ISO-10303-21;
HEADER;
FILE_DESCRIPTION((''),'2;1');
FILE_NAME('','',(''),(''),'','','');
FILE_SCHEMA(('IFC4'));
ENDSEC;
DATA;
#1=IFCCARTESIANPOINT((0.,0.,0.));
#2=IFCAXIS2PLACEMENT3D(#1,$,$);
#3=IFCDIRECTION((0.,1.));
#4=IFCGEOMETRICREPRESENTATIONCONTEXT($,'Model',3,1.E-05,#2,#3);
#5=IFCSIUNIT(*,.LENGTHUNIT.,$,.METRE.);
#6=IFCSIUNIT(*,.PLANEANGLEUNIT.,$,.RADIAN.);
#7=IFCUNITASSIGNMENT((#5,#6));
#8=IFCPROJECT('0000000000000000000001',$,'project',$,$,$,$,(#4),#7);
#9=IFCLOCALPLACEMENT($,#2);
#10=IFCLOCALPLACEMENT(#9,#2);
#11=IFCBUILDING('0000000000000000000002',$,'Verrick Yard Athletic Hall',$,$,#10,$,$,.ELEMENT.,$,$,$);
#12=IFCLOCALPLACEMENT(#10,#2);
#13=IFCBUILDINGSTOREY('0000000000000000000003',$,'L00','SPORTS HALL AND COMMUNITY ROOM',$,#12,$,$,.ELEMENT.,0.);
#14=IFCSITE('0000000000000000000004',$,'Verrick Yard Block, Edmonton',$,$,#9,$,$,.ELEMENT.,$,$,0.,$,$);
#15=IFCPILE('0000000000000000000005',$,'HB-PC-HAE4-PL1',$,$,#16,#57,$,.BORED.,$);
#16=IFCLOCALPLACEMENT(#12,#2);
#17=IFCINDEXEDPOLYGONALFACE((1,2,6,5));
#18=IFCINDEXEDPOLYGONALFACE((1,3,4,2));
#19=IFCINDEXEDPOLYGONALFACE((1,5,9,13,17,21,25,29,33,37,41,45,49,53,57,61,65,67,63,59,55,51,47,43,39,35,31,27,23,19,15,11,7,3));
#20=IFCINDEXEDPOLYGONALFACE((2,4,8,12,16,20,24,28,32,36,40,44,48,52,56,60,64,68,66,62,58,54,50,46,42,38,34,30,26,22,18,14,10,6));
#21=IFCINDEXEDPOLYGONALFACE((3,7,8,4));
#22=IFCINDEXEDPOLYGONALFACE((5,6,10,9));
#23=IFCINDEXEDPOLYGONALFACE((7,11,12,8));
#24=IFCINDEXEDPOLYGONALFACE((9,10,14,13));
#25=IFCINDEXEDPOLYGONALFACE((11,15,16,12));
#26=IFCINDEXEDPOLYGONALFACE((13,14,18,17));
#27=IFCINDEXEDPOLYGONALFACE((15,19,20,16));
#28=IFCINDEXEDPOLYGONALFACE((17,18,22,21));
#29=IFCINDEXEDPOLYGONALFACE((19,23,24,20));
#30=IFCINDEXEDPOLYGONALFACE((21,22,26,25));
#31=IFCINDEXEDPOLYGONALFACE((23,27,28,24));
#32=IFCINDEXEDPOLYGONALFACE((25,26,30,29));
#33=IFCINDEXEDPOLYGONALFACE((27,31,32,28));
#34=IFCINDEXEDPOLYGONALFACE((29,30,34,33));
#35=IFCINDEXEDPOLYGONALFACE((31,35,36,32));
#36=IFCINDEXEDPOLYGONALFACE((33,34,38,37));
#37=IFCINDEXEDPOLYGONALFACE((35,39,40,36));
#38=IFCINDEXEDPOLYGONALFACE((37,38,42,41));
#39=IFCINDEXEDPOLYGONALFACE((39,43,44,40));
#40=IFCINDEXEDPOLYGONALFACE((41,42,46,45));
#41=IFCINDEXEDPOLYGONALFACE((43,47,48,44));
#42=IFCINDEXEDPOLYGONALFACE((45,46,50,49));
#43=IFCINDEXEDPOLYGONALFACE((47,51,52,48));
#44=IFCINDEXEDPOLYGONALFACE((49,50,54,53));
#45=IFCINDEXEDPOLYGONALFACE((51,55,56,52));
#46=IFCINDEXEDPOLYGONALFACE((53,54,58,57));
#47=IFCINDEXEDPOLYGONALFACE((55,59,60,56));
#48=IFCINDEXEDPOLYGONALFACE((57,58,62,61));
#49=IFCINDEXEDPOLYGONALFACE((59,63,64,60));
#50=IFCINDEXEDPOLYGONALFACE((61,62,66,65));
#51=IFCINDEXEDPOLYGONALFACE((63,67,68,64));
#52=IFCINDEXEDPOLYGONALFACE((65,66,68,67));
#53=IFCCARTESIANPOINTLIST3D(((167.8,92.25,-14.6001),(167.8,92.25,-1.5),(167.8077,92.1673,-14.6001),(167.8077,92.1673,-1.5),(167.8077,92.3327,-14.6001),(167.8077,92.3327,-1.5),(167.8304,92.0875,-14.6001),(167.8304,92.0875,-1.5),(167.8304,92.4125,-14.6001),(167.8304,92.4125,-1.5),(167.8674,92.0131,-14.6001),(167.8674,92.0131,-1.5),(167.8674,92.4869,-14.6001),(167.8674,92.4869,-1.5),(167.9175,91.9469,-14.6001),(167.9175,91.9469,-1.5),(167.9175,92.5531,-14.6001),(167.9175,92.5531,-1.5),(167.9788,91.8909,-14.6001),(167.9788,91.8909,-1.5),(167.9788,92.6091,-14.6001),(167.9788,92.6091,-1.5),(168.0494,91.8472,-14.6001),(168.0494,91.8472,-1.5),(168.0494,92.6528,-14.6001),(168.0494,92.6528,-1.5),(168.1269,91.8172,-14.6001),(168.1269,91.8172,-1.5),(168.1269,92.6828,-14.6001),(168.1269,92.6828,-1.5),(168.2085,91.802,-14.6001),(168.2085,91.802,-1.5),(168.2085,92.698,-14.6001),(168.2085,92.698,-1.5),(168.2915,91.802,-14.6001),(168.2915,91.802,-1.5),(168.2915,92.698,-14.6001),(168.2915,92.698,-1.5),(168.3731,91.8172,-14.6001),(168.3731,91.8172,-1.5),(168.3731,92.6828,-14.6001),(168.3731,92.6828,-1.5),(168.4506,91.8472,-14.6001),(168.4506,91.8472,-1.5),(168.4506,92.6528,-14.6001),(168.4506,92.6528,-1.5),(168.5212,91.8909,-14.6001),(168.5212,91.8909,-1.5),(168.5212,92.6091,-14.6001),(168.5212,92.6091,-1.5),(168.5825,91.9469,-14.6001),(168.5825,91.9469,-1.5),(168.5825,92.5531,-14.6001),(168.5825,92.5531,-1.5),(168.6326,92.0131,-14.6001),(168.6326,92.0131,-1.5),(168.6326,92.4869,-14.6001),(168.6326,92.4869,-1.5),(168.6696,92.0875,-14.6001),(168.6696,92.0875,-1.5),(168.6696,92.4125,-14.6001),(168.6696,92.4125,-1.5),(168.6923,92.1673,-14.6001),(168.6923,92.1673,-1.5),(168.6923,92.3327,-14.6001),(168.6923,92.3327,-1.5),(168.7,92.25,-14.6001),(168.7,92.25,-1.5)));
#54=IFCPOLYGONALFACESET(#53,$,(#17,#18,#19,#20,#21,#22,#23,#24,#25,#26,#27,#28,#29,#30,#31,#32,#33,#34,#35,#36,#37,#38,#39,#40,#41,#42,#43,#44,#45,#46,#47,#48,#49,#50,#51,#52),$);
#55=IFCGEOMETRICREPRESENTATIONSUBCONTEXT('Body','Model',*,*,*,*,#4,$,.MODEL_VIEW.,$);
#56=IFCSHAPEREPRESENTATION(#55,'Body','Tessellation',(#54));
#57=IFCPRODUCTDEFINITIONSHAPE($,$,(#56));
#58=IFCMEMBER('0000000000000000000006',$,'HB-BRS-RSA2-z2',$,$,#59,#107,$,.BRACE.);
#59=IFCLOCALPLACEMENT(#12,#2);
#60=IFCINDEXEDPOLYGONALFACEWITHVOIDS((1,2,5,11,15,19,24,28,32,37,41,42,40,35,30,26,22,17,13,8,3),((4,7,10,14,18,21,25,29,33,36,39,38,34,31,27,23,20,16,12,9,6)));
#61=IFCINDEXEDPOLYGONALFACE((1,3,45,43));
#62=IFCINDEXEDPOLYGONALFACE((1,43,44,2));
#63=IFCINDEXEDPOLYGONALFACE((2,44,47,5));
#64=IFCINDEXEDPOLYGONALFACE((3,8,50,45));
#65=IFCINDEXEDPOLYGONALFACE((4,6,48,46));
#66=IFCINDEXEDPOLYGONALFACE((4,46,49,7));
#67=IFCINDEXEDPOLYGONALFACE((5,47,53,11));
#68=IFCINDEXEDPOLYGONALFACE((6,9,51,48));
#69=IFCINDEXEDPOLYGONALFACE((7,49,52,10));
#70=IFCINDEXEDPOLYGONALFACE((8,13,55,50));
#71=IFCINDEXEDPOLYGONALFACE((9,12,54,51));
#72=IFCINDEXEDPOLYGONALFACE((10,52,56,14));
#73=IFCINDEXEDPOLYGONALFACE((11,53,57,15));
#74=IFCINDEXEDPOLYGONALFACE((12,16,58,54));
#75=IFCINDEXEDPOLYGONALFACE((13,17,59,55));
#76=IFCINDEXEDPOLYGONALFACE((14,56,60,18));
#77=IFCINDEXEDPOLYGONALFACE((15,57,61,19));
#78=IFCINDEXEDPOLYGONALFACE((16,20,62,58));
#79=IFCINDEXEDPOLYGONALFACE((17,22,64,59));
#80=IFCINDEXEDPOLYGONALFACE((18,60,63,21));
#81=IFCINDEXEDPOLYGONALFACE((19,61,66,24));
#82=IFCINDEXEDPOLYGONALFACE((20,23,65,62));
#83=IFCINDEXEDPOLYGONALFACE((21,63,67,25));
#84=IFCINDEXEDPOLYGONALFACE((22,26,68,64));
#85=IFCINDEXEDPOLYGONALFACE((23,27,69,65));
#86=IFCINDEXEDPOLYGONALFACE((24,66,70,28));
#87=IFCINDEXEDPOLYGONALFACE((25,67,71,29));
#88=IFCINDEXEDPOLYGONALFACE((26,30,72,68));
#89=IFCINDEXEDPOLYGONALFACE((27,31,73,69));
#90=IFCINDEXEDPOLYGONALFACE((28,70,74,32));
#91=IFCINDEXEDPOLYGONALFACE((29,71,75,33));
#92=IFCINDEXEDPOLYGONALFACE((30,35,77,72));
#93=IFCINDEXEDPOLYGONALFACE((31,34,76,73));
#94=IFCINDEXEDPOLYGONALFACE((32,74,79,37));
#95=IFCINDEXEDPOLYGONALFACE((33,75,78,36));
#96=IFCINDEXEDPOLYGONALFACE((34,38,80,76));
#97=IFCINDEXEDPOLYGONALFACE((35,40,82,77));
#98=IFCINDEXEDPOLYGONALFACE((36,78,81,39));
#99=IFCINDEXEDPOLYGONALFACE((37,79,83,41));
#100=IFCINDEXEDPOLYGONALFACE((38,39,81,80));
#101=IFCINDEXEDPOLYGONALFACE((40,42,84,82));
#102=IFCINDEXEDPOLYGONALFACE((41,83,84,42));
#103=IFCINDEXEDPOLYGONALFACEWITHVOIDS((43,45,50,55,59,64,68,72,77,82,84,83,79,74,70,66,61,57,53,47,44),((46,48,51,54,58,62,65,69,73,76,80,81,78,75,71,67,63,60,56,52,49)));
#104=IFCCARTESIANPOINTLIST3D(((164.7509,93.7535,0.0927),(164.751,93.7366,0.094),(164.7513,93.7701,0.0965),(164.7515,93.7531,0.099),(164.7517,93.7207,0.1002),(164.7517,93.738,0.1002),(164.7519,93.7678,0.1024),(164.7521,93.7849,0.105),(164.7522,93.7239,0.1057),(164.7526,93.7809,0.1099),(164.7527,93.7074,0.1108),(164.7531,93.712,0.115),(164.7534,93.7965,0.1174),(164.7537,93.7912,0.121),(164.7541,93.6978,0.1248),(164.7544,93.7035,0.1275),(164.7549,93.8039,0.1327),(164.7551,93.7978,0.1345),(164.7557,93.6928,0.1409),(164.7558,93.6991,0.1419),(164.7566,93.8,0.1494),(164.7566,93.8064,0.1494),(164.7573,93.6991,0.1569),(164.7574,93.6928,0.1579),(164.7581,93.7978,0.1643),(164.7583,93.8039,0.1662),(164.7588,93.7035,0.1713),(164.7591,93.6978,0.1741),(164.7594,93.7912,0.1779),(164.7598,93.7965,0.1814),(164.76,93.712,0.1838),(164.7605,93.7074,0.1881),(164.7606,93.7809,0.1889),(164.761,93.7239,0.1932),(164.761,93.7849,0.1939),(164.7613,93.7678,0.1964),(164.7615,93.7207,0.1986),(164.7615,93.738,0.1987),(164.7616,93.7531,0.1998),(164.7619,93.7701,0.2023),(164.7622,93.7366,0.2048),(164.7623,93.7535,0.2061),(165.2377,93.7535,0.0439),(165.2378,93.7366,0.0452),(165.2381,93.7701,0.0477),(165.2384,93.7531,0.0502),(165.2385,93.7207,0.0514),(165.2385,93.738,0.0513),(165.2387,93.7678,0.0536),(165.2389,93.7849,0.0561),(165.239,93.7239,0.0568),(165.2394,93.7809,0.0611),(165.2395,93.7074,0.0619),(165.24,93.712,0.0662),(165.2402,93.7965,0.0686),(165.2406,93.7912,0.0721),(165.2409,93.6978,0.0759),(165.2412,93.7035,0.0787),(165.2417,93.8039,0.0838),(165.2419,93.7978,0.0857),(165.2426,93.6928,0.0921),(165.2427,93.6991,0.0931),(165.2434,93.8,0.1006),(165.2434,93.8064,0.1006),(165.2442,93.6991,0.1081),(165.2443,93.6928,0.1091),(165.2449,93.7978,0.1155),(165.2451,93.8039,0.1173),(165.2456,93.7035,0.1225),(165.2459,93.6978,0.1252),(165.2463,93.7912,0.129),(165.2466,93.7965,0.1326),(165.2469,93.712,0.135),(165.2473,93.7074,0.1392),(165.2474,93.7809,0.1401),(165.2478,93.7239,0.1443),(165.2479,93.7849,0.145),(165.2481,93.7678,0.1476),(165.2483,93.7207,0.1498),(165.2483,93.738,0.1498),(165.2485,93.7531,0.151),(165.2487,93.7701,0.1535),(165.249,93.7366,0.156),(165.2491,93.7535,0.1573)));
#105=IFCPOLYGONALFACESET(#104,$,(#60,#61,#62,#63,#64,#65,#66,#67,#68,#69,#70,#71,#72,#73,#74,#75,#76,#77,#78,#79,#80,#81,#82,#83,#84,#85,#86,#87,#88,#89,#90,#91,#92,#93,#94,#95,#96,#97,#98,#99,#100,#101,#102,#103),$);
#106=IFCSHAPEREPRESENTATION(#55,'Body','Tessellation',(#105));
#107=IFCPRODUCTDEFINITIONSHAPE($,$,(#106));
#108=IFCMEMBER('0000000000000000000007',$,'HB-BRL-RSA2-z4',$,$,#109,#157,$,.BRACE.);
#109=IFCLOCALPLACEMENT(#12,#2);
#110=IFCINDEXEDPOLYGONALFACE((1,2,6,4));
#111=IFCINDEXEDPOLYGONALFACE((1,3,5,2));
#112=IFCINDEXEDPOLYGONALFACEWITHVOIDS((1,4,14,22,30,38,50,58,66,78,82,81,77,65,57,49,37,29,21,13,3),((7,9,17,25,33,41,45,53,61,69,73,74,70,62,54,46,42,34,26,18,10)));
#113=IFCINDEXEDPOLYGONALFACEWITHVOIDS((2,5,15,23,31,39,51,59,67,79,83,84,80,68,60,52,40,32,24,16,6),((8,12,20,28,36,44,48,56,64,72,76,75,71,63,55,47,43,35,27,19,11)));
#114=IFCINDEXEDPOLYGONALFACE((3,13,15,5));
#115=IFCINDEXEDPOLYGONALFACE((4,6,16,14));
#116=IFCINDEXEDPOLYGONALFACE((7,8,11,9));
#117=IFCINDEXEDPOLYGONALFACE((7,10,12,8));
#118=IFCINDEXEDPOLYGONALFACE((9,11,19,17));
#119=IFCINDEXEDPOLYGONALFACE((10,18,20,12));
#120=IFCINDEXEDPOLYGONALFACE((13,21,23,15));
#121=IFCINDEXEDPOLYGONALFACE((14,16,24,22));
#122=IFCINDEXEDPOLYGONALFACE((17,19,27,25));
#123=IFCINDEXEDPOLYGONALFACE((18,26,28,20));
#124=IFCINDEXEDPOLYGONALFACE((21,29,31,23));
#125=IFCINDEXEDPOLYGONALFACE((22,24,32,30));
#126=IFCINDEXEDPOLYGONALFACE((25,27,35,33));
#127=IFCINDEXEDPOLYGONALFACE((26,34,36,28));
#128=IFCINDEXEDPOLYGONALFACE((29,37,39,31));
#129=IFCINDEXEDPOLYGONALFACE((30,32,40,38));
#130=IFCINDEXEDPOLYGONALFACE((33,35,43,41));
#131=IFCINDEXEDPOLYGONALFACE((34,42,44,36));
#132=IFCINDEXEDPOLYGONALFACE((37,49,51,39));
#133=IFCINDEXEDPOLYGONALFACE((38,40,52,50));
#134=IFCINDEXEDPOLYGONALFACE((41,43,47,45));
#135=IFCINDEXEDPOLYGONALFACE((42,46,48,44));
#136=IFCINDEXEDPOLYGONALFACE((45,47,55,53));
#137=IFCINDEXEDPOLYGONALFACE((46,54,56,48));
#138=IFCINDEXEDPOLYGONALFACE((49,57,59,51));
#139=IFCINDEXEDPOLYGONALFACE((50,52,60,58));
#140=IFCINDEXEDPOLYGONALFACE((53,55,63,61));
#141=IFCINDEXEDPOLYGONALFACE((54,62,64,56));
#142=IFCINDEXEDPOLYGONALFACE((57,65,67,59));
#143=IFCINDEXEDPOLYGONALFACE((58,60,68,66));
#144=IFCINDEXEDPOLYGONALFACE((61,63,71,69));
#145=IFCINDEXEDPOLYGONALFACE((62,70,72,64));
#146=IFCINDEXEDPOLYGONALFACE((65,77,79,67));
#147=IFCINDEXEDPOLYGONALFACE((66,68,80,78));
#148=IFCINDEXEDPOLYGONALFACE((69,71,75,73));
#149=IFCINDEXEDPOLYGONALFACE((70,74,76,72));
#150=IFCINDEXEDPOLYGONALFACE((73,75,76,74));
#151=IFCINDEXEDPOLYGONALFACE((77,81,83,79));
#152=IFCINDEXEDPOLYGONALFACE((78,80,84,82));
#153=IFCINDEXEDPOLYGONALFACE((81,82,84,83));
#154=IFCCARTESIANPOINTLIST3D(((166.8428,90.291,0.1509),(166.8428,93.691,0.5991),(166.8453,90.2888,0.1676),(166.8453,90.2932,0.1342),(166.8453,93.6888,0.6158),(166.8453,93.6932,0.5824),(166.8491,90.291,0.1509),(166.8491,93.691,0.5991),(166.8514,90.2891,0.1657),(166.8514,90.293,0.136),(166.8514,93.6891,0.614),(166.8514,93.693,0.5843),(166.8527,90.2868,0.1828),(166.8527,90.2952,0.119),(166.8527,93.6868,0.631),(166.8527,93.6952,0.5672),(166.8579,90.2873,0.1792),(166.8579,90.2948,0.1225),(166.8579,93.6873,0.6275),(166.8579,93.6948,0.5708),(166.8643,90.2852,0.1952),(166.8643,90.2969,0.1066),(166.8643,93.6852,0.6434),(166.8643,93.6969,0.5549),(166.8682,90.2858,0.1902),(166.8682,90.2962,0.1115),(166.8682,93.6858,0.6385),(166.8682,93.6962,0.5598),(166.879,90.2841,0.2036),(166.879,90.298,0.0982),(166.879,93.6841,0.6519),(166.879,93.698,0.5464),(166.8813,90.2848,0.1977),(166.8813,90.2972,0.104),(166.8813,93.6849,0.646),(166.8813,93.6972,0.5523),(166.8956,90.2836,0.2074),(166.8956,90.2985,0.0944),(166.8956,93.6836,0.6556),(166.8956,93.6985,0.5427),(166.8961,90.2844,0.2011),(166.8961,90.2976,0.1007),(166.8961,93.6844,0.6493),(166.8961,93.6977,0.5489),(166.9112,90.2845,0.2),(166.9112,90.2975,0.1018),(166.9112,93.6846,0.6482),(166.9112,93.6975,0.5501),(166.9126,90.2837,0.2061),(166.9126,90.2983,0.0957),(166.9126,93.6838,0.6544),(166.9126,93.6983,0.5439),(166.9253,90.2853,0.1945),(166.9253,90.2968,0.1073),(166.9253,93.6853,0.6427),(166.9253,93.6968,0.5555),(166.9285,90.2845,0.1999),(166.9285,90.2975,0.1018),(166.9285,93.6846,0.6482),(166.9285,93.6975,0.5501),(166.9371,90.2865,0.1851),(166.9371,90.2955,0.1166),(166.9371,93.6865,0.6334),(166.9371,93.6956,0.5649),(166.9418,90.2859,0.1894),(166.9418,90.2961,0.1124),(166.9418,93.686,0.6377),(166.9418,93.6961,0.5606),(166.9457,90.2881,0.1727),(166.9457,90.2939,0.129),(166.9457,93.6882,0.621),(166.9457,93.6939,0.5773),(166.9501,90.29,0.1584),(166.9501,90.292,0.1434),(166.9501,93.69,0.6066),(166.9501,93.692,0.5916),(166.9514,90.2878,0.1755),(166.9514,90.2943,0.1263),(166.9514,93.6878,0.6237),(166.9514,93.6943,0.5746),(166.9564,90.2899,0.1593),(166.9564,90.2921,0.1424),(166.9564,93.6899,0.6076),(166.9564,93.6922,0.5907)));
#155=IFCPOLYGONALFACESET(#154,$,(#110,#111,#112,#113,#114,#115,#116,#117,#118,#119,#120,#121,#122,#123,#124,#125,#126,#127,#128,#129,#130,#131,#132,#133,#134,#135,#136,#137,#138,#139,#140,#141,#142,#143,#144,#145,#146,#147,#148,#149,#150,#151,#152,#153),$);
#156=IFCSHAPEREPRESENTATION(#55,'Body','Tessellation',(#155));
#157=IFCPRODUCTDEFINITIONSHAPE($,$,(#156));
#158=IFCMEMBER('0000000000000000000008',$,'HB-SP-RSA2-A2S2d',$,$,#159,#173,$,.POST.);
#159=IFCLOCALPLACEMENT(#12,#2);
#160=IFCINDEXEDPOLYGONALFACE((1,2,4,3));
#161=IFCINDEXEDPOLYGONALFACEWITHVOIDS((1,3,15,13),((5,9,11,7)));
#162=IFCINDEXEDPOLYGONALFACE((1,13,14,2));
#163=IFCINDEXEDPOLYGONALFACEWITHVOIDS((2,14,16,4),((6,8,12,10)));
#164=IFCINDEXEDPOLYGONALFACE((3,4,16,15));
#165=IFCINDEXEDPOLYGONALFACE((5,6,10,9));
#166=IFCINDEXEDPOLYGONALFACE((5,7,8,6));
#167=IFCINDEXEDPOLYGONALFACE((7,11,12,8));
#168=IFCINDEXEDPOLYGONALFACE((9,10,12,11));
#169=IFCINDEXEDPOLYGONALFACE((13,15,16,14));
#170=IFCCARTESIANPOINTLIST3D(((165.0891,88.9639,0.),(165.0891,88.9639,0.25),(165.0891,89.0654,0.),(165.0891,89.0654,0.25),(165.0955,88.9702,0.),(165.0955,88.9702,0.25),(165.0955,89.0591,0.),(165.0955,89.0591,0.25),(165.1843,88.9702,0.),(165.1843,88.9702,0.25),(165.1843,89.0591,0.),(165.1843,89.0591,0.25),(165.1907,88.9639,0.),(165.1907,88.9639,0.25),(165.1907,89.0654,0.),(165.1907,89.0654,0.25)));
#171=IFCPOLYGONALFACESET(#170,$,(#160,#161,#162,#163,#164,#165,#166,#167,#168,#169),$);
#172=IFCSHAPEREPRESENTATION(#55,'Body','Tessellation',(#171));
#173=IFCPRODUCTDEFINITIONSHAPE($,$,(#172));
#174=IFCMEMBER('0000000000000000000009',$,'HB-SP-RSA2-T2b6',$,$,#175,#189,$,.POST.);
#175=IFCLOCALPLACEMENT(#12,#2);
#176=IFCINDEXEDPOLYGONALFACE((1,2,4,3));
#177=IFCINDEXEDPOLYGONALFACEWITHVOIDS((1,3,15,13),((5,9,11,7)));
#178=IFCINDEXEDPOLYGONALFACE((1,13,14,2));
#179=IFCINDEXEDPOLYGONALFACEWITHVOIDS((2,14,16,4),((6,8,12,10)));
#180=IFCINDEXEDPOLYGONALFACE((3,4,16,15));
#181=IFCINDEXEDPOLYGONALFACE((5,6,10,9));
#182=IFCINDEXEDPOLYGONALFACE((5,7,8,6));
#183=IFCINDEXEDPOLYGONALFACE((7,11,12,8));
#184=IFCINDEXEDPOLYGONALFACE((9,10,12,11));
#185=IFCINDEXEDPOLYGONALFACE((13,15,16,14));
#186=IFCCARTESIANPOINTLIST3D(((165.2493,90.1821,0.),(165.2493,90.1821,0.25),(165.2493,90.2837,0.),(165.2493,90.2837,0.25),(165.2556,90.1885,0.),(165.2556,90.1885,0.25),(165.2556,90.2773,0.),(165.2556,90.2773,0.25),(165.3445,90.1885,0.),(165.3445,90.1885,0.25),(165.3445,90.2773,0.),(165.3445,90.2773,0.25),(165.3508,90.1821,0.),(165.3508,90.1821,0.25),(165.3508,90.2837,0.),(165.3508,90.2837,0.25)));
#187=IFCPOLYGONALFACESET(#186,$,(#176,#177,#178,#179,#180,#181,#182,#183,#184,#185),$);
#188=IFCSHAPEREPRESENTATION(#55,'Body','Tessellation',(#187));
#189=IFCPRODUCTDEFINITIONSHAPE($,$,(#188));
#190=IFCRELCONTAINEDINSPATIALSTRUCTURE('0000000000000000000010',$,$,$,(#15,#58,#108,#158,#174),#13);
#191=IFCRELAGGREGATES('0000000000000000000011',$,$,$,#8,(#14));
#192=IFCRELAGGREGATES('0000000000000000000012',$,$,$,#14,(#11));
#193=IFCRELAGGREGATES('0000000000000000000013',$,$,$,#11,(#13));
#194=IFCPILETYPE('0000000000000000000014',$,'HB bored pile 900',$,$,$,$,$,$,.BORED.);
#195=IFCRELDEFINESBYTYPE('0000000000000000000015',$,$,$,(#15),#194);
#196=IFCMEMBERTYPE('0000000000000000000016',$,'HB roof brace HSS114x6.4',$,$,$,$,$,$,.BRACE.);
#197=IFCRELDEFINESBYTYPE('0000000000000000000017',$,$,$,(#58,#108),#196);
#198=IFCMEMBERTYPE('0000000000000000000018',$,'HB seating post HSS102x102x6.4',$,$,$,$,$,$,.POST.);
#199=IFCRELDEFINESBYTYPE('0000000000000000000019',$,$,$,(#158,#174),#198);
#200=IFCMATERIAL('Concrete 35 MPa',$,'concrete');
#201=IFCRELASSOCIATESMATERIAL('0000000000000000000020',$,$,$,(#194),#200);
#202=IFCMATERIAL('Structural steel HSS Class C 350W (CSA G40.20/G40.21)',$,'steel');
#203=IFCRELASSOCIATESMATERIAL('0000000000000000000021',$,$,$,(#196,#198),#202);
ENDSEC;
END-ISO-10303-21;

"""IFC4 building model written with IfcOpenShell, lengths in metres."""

from ifc_helpers import new_model, si_unit, direction, frame, origin, origin_2d, place, context, subcontext, project, spatial, hollow_rectangle, circle, hollow_circle, extrude, material, material_profile, profile_set, type_object, element, save


model = new_model("IFC4")

# Units and contexts
model_context = context("Model", 3, precision=1e-05, world=origin(), true_north=direction((0.0, 1.0)))
body_context = subcontext(model_context, "Body", "Model", "MODEL_VIEW")
ifc_project = project(units=[si_unit("LENGTHUNIT", "METRE"), si_unit("PLANEANGLEUNIT", "RADIAN")], contexts=[model_context])

# Site, building, storey
site_placement = place(None, origin())
site = spatial("IfcSite", under=ifc_project, at=site_placement, Name="Verrick Yard Block, Edmonton", CompositionType="ELEMENT", RefElevation=0.0)
building_placement = place(site_placement, origin())
building = spatial("IfcBuilding", under=site, at=building_placement, Name="Verrick Yard Athletic Hall", CompositionType="ELEMENT")
storey_placement = place(building_placement, origin())
storey = spatial("IfcBuildingStorey", under=building, at=storey_placement, Name="L00", Description="SPORTS HALL AND COMMUNITY ROOM", CompositionType="ELEMENT", Elevation=0.0)

# Pile
ifc_material_1 = material(Name="Concrete 35 MPa", Category="concrete")
ifc_material_profile_1 = material_profile(ifc_material_1, circle(Radius=0.45, at=origin_2d()), Name="Bored pile 900")
ifc_profile_set_1 = profile_set([ifc_material_profile_1], Name="Concrete 35 MPa")
pile_type = type_object("IfcPileType", Name="HB bored pile 900", PredefinedType="BORED", material=ifc_profile_set_1)
pile_placement = place(storey_placement, frame((168.25, 92.25, -1.5), z_axis=(0.0, 0.0, -1.0), x_axis=(1.0, 0.0, 0.0)))
element("IfcPile", 1, at=pile_placement, inside=storey, type_object=pile_type, Name="HB-PC-HAE4-PL1", PredefinedType="BORED", context=body_context, shape_type="SweptSolid", body=[
    extrude(circle(Radius=0.45, at=origin_2d()), origin(), (0.0, 0.0, 1.0), 13.1001),
])

# Members
ifc_material_2 = material(Name="Structural steel HSS Class C 350W (CSA G40.20/G40.21)", Category="steel")
ifc_material_profile_2 = material_profile(ifc_material_2, hollow_circle(Radius=0.0571, WallThickness=0.0063, at=origin_2d()), Name="HSS114x6.4")
ifc_profile_set_2 = profile_set([ifc_material_profile_2], Name="Structural steel HSS Class C 350W (CSA G40.20/G40.21)")
member_type_1 = type_object("IfcMemberType", Name="HB roof brace HSS114x6.4", PredefinedType="BRACE", material=ifc_profile_set_2)
member_1_placement = place(storey_placement, frame((164.7566, 93.7493, 0.1494), z_axis=(0.995008, 0.0, -0.0998), x_axis=(0.0, 1.0, 0.0)))
element("IfcMember", 2, at=member_1_placement, inside=storey, type_object=member_type_1, Name="HB-BRS-RSA2-z2", PredefinedType="BRACE", context=body_context, shape_type="SweptSolid", body=[
    extrude(hollow_circle(Radius=0.0571, WallThickness=0.0063, at=origin_2d()), origin(), (0.0, 0.0, 1.0), 0.4893),
])
member_2_placement = place(storey_placement, frame((166.8999, 90.291, 0.1509), z_axis=(0.0, 0.991421, 0.130709), x_axis=(-1.0, 0.0, 0.0)))
element("IfcMember", 3, at=member_2_placement, inside=storey, type_object=member_type_1, Name="HB-BRL-RSA2-z4", PredefinedType="BRACE", context=body_context, shape_type="SweptSolid", body=[
    extrude(hollow_circle(Radius=0.0571, WallThickness=0.0063, at=origin_2d()), origin(), (0.0, 0.0, 1.0), 3.4294),
])
ifc_material_profile_3 = material_profile(ifc_material_2, hollow_rectangle(XDim=0.1016, YDim=0.1016, WallThickness=0.0063, at=origin_2d()), Name="HSS102x102x6.4")
ifc_profile_set_3 = profile_set([ifc_material_profile_3], Name="Structural steel HSS Class C 350W (CSA G40.20/G40.21)")
member_type_2 = type_object("IfcMemberType", Name="HB seating post HSS102x102x6.4", PredefinedType="POST", material=ifc_profile_set_3)
for number, where, z_axis, x_axis, name in (
    (4, (165.1399, 89.0146, 0.0), (0.0, 0.0, 1.0), (0.0, 1.0, 0.0), "HB-SP-RSA2-A2S2d"),
    (5, (165.3, 90.2329, 0.0), (0.0, 0.0, 1.0), (0.0, 1.0, 0.0), "HB-SP-RSA2-T2b6"),
):
    element("IfcMember", number, at=place(storey_placement, frame(where, z_axis=z_axis, x_axis=x_axis)), inside=storey, type_object=member_type_2, Name=name, PredefinedType="POST", context=body_context, shape_type="SweptSolid", body=[
        extrude(hollow_rectangle(XDim=0.1016, YDim=0.1016, WallThickness=0.0063, at=origin_2d()), origin(), (0.0, 0.0, 1.0), 0.25),
    ])

save(model, "model.ifc")
